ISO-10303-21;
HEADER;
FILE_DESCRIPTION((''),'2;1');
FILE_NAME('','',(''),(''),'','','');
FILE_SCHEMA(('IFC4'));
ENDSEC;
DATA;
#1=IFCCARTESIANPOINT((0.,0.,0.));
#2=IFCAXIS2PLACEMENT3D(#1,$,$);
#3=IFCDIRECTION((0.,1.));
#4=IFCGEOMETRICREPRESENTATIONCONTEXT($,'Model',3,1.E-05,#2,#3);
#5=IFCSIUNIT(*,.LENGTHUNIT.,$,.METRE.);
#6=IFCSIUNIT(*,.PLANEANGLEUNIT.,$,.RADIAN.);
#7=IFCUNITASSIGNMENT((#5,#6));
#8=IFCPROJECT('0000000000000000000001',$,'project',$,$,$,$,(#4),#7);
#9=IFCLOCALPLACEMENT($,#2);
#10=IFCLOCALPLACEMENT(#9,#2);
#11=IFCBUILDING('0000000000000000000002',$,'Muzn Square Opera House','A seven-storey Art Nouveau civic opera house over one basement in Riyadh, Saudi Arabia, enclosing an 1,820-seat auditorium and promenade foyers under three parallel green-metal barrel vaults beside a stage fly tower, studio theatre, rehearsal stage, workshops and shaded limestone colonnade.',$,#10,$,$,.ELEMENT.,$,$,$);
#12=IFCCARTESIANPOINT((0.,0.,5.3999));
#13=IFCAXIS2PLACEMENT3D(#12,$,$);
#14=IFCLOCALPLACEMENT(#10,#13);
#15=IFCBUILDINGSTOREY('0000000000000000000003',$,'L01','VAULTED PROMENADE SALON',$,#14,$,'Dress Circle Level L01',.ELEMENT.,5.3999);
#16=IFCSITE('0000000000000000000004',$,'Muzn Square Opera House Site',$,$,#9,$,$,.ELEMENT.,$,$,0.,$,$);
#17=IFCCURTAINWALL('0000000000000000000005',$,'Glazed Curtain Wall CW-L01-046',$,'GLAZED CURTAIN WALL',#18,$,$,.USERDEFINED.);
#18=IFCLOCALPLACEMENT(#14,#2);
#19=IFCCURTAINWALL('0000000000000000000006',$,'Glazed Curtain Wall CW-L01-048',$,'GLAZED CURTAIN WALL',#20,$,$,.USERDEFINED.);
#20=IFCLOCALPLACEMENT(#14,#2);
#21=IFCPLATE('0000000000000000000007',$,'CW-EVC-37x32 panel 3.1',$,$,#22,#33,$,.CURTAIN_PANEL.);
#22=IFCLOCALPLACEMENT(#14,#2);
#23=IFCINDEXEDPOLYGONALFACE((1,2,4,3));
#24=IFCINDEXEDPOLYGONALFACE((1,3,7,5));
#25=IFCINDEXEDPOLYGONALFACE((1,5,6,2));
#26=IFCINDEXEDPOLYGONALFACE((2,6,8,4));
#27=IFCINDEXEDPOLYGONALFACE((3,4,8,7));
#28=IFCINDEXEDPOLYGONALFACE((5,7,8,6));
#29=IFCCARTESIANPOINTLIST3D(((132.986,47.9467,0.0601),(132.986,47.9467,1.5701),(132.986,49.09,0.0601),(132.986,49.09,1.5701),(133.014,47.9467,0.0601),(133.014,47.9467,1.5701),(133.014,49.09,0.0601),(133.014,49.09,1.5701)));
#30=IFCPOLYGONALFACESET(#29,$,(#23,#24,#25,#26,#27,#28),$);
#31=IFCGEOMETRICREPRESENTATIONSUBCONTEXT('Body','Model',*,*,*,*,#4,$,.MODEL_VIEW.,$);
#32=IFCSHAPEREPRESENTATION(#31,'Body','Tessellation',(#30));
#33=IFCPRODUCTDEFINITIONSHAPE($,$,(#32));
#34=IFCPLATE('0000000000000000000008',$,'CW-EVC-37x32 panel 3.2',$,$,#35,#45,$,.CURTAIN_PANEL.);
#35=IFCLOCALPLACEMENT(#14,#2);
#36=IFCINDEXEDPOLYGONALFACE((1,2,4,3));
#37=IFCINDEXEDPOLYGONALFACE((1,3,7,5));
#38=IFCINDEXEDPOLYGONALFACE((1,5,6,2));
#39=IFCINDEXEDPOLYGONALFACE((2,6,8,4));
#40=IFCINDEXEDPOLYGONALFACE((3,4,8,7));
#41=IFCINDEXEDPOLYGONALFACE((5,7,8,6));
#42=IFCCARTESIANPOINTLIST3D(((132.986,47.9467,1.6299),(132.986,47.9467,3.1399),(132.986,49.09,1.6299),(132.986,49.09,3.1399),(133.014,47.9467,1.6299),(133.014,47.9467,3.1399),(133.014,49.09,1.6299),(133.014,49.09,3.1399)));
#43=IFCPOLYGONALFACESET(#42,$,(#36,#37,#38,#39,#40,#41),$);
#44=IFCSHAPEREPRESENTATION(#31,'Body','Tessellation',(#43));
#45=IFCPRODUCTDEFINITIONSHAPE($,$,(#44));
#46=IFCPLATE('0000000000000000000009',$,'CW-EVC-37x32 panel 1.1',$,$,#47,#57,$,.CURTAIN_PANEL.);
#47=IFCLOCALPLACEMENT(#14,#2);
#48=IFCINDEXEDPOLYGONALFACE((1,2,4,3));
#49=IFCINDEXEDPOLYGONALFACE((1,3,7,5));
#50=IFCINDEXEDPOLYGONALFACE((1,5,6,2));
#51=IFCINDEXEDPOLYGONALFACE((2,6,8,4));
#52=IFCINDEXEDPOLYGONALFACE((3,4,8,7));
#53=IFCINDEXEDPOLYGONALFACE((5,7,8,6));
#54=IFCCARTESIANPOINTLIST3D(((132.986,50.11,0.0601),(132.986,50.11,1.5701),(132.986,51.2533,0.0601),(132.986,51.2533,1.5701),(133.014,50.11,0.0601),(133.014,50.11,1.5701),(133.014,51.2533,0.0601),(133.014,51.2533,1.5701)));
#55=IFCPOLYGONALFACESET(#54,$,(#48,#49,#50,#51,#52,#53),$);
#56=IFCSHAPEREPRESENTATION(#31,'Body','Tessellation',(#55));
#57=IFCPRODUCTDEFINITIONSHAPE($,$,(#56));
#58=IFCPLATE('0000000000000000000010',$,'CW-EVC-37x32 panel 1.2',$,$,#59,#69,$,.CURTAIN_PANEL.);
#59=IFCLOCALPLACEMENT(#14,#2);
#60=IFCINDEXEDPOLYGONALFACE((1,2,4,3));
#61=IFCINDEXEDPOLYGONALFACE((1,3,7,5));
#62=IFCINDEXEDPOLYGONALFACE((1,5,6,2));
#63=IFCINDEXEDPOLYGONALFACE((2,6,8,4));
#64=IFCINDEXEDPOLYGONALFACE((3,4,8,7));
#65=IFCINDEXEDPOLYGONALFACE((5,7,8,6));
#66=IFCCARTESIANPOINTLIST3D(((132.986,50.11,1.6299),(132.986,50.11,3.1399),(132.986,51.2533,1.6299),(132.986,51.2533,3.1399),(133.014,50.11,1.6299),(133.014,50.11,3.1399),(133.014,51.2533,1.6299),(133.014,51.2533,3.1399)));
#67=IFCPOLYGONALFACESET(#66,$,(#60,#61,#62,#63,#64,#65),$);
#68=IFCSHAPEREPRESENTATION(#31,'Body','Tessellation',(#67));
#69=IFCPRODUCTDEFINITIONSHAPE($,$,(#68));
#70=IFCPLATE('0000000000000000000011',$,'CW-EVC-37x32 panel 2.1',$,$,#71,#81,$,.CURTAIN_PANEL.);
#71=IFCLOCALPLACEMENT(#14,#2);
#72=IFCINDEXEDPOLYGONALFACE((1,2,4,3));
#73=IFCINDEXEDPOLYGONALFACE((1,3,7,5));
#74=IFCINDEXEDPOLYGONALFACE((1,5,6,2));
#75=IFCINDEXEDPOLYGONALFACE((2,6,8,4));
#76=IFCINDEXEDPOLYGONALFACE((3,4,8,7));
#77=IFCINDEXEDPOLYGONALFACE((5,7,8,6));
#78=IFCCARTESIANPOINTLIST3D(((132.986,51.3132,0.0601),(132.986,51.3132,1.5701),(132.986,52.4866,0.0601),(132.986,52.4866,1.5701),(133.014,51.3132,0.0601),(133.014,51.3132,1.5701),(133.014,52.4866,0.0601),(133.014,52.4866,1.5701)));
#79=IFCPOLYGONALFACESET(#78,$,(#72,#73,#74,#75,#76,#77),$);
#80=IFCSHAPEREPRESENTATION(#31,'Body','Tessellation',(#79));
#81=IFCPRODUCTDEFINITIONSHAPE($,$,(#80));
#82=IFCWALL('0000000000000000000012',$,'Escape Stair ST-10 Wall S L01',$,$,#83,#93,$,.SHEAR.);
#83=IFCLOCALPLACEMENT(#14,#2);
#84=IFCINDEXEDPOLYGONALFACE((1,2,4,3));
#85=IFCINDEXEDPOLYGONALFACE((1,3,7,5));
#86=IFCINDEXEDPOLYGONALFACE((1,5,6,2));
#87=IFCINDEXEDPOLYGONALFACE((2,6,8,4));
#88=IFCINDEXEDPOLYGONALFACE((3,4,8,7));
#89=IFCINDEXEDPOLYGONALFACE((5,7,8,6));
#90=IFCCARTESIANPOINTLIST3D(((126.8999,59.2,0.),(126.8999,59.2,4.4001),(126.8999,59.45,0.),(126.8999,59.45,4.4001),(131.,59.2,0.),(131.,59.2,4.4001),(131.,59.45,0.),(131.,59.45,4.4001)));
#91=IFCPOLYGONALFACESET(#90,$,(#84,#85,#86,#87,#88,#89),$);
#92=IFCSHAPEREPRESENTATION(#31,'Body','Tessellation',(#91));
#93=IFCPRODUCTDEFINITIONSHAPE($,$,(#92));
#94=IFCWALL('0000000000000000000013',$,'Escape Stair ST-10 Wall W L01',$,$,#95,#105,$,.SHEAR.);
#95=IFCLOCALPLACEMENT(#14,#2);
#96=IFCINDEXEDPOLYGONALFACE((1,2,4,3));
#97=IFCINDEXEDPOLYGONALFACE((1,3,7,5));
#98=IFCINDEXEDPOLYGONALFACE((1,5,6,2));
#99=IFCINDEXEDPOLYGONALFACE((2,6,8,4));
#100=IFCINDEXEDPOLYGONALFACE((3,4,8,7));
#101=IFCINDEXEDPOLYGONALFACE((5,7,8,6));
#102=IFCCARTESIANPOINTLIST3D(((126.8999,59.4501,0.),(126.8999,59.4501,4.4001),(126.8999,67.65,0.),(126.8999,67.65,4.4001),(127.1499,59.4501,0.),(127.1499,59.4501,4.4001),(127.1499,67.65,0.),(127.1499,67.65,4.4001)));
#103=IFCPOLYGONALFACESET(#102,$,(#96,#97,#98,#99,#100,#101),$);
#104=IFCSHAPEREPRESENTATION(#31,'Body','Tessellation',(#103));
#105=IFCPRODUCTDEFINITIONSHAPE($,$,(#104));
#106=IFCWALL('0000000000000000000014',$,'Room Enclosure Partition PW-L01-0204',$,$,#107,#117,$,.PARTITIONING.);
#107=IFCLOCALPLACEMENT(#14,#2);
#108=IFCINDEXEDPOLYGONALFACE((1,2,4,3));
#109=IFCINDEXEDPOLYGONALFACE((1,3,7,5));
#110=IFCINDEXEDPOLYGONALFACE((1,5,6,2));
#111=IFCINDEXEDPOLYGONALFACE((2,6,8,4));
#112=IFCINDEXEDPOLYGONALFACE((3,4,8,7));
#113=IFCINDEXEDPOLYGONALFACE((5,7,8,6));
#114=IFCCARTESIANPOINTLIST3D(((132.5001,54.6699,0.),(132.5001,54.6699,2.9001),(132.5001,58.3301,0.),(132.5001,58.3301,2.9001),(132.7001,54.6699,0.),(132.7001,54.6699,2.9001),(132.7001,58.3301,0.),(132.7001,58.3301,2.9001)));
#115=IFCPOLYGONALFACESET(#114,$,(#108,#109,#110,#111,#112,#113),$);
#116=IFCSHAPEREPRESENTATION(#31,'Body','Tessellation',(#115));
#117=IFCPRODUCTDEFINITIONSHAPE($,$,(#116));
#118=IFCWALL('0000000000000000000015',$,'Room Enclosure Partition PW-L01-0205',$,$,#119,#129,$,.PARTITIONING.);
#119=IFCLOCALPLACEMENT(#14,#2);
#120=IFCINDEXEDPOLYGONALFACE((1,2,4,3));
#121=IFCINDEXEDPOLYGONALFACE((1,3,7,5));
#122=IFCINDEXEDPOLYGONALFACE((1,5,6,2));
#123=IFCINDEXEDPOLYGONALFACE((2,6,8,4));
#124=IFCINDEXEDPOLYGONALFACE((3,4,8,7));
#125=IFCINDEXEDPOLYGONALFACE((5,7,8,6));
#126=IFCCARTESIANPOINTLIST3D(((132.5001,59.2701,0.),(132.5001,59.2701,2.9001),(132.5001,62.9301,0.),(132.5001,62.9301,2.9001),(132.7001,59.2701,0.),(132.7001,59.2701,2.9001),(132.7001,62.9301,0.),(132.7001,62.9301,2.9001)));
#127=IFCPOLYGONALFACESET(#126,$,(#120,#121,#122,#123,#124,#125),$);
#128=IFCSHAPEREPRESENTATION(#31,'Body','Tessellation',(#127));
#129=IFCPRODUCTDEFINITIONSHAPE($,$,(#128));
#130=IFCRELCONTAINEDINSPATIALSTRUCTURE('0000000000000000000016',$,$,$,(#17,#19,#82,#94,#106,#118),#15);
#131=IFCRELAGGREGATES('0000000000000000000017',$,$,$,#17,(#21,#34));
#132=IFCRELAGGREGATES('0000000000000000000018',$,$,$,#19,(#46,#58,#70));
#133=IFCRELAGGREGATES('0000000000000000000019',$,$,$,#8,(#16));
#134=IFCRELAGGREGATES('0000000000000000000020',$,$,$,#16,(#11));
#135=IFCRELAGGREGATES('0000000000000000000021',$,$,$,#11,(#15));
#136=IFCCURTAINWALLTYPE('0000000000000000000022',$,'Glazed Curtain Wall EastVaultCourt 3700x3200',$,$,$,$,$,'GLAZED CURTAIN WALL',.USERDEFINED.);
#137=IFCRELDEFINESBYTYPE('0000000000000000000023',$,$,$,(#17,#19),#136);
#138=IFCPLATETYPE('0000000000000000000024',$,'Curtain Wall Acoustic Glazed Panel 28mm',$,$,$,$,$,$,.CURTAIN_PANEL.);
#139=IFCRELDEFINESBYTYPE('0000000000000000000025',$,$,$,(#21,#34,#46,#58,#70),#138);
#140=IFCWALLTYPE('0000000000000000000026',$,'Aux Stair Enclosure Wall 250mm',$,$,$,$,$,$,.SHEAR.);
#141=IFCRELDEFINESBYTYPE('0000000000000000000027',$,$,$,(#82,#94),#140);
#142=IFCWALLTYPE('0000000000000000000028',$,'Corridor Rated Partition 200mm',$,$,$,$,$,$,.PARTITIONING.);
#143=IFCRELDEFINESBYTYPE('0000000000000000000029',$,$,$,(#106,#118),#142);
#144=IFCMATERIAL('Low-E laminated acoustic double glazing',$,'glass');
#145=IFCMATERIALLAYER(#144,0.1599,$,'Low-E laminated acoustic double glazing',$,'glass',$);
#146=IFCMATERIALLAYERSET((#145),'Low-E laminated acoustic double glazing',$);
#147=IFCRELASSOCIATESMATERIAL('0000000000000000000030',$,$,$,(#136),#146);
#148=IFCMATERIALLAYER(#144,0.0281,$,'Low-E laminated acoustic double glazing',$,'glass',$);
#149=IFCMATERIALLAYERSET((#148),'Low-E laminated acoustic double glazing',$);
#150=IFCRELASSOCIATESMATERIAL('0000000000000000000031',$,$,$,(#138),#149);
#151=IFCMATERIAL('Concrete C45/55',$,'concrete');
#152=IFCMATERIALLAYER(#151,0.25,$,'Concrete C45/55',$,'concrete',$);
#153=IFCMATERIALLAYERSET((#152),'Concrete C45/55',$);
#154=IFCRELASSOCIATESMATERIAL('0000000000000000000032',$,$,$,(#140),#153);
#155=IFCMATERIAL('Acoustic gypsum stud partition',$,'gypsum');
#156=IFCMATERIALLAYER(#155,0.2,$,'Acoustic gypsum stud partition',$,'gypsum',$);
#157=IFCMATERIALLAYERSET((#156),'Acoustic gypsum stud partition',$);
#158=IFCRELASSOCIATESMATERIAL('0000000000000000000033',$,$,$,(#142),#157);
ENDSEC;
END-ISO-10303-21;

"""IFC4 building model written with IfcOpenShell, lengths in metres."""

from ifc_helpers import new_model, si_unit, direction, frame, frame_2d, origin, origin_2d, place, context, subcontext, project, spatial, rectangle, extrude, material, layer, layer_set, type_object, element, aggregate, save


model = new_model("IFC4")

# Units and contexts
model_context = context("Model", 3, precision=1e-05, world=origin(), true_north=direction((0.0, 1.0)))
body_context = subcontext(model_context, "Body", "Model", "MODEL_VIEW")
ifc_project = project(units=[si_unit("LENGTHUNIT", "METRE"), si_unit("PLANEANGLEUNIT", "RADIAN")], contexts=[model_context])

# Site, building, storey
site_placement = place(None, origin())
site = spatial("IfcSite", under=ifc_project, at=site_placement, Name="Muzn Square Opera House Site", CompositionType="ELEMENT", RefElevation=0.0)
building_placement = place(site_placement, origin())
building = spatial("IfcBuilding", under=site, at=building_placement, Name="Muzn Square Opera House", Description="A seven-storey Art Nouveau civic opera house over one basement in Riyadh, Saudi Arabia, enclosing an 1,820-seat auditorium and promenade foyers under three parallel green-metal barrel vaults beside a stage fly tower, studio theatre, rehearsal stage, workshops and shaded limestone colonnade.", CompositionType="ELEMENT")
storey_placement = place(building_placement, frame((0.0, 0.0, 5.3999)))
storey = spatial("IfcBuildingStorey", under=building, at=storey_placement, Name="L01", Description="VAULTED PROMENADE SALON", LongName="Dress Circle Level L01", CompositionType="ELEMENT", Elevation=5.3999)

# Shared definitions
ifc_material_1 = material(Name="Concrete C45/55", Category="concrete")

# Curtain wall
ifc_material_2 = material(Name="Low-E laminated acoustic double glazing", Category="glass")
ifc_layer_1 = layer(ifc_material_2, 0.1599, Name="Low-E laminated acoustic double glazing", Category="glass")
ifc_layer_set_1 = layer_set([ifc_layer_1], Name="Low-E laminated acoustic double glazing")
curtain_wall_type = type_object("IfcCurtainWallType", Name="Glazed Curtain Wall EastVaultCourt 3700x3200", ElementType="GLAZED CURTAIN WALL", PredefinedType="USERDEFINED", material=ifc_layer_set_1)
curtain_wall_1_placement = place(storey_placement, origin())
curtain_wall_1 = element("IfcCurtainWall", 1, at=curtain_wall_1_placement, inside=storey, type_object=curtain_wall_type, Name="Glazed Curtain Wall CW-L01-046", ObjectType="GLAZED CURTAIN WALL", PredefinedType="USERDEFINED")

# Curtain wall
curtain_wall_2_placement = place(storey_placement, origin())
curtain_wall_2 = element("IfcCurtainWall", 2, at=curtain_wall_2_placement, inside=storey, type_object=curtain_wall_type, Name="Glazed Curtain Wall CW-L01-048", ObjectType="GLAZED CURTAIN WALL", PredefinedType="USERDEFINED")

# Plates
ifc_layer_2 = layer(ifc_material_2, 0.0281, Name="Low-E laminated acoustic double glazing", Category="glass")
ifc_layer_set_2 = layer_set([ifc_layer_2], Name="Low-E laminated acoustic double glazing")
plate_type = type_object("IfcPlateType", Name="Curtain Wall Acoustic Glazed Panel 28mm", PredefinedType="CURTAIN_PANEL", material=ifc_layer_set_2)
plate_1_placement = place(storey_placement, frame((133.0, 48.5183, 0.0601), z_axis=(0.0, 0.0, 1.0), x_axis=(0.0, 1.0, 0.0)))
plate_1 = element("IfcPlate", 3, at=plate_1_placement, type_object=plate_type, Name="CW-EVC-37x32 panel 3.1", PredefinedType="CURTAIN_PANEL", context=body_context, shape_type="SweptSolid", body=[
    extrude(rectangle(XDim=1.1433, YDim=0.0281, at=origin_2d()), origin(), (0.0, 0.0, 1.0), 1.51),
])
plate_2_placement = place(storey_placement, frame((133.0, 48.5183, 1.6299), z_axis=(0.0, 0.0, 1.0), x_axis=(0.0, 1.0, 0.0)))
plate_2 = element("IfcPlate", 4, at=plate_2_placement, type_object=plate_type, Name="CW-EVC-37x32 panel 3.2", PredefinedType="CURTAIN_PANEL", context=body_context, shape_type="SweptSolid", body=[
    extrude(rectangle(XDim=1.1433, YDim=0.0281, at=origin_2d()), origin(), (0.0, 0.0, 1.0), 1.51),
])
aggregate(curtain_wall_1, [plate_1, plate_2])
plate_3_placement = place(storey_placement, frame((133.0, 50.6816, 0.0601), z_axis=(0.0, 0.0, 1.0), x_axis=(0.0, 1.0, 0.0)))
plate_3 = element("IfcPlate", 5, at=plate_3_placement, type_object=plate_type, Name="CW-EVC-37x32 panel 1.1", PredefinedType="CURTAIN_PANEL", context=body_context, shape_type="SweptSolid", body=[
    extrude(rectangle(XDim=1.1433, YDim=0.0281, at=origin_2d()), origin(), (0.0, 0.0, 1.0), 1.51),
])
plate_4_placement = place(storey_placement, frame((133.0, 50.6816, 1.6299), z_axis=(0.0, 0.0, 1.0), x_axis=(0.0, 1.0, 0.0)))
plate_4 = element("IfcPlate", 6, at=plate_4_placement, type_object=plate_type, Name="CW-EVC-37x32 panel 1.2", PredefinedType="CURTAIN_PANEL", context=body_context, shape_type="SweptSolid", body=[
    extrude(rectangle(XDim=1.1433, YDim=0.0281, at=origin_2d()), origin(), (0.0, 0.0, 1.0), 1.51),
])
plate_5_placement = place(storey_placement, frame((133.0, 51.8999, 0.0601), z_axis=(0.0, 0.0, 1.0), x_axis=(0.0, 1.0, 0.0)))
plate_5 = element("IfcPlate", 7, at=plate_5_placement, type_object=plate_type, Name="CW-EVC-37x32 panel 2.1", PredefinedType="CURTAIN_PANEL", context=body_context, shape_type="SweptSolid", body=[
    extrude(rectangle(XDim=1.1733, YDim=0.0281, at=origin_2d()), origin(), (0.0, 0.0, 1.0), 1.51),
])
aggregate(curtain_wall_2, [plate_3, plate_4, plate_5])

# Walls
ifc_layer_3 = layer(ifc_material_1, 0.25, Name="Concrete C45/55", Category="concrete")
ifc_layer_set_3 = layer_set([ifc_layer_3], Name="Concrete C45/55")
wall_type_1 = type_object("IfcWallType", Name="Aux Stair Enclosure Wall 250mm", PredefinedType="SHEAR", material=ifc_layer_set_3)
wall_1_placement = place(storey_placement, frame((126.8999, 59.325, 0.0), z_axis=(0.0, 0.0, 1.0), x_axis=(1.0, 0.0, 0.0)))
element("IfcWall", 8, at=wall_1_placement, inside=storey, type_object=wall_type_1, Name="Escape Stair ST-10 Wall S L01", PredefinedType="SHEAR", context=body_context, shape_type="SweptSolid", body=[
    extrude(rectangle(XDim=4.1001, YDim=0.25, at=frame_2d((2.05, 0.0))), origin(), (0.0, 0.0, 1.0), 4.4001),
])
wall_2_placement = place(storey_placement, frame((127.0249, 59.45, 0.0), z_axis=(0.0, 0.0, 1.0), x_axis=(0.0, 1.0, 0.0)))
element("IfcWall", 9, at=wall_2_placement, inside=storey, type_object=wall_type_1, Name="Escape Stair ST-10 Wall W L01", PredefinedType="SHEAR", context=body_context, shape_type="SweptSolid", body=[
    extrude(rectangle(XDim=8.2, YDim=0.25, at=frame_2d((4.1001, 0.0))), origin(), (0.0, 0.0, 1.0), 4.4001),
])
ifc_material_3 = material(Name="Acoustic gypsum stud partition", Category="gypsum")
ifc_layer_4 = layer(ifc_material_3, 0.2, Name="Acoustic gypsum stud partition", Category="gypsum")
ifc_layer_set_4 = layer_set([ifc_layer_4], Name="Acoustic gypsum stud partition")
wall_type_2 = type_object("IfcWallType", Name="Corridor Rated Partition 200mm", PredefinedType="PARTITIONING", material=ifc_layer_set_4)
wall_3_placement = place(storey_placement, frame((132.6001, 54.6699, 0.0), z_axis=(0.0, 0.0, 1.0), x_axis=(0.0, 1.0, 0.0)))
element("IfcWall", 10, at=wall_3_placement, inside=storey, type_object=wall_type_2, Name="Room Enclosure Partition PW-L01-0204", PredefinedType="PARTITIONING", context=body_context, shape_type="SweptSolid", body=[
    extrude(rectangle(XDim=3.6602, YDim=0.2, at=frame_2d((1.8301, 0.0))), origin(), (0.0, 0.0, 1.0), 2.9001),
])
wall_4_placement = place(storey_placement, frame((132.6001, 59.27, 0.0), z_axis=(0.0, 0.0, 1.0), x_axis=(0.0, 1.0, 0.0)))
element("IfcWall", 11, at=wall_4_placement, inside=storey, type_object=wall_type_2, Name="Room Enclosure Partition PW-L01-0205", PredefinedType="PARTITIONING", context=body_context, shape_type="SweptSolid", body=[
    extrude(rectangle(XDim=3.6599, YDim=0.2, at=frame_2d((1.8301, 0.0))), origin(), (0.0, 0.0, 1.0), 2.9001),
])

save(model, "model.ifc")
